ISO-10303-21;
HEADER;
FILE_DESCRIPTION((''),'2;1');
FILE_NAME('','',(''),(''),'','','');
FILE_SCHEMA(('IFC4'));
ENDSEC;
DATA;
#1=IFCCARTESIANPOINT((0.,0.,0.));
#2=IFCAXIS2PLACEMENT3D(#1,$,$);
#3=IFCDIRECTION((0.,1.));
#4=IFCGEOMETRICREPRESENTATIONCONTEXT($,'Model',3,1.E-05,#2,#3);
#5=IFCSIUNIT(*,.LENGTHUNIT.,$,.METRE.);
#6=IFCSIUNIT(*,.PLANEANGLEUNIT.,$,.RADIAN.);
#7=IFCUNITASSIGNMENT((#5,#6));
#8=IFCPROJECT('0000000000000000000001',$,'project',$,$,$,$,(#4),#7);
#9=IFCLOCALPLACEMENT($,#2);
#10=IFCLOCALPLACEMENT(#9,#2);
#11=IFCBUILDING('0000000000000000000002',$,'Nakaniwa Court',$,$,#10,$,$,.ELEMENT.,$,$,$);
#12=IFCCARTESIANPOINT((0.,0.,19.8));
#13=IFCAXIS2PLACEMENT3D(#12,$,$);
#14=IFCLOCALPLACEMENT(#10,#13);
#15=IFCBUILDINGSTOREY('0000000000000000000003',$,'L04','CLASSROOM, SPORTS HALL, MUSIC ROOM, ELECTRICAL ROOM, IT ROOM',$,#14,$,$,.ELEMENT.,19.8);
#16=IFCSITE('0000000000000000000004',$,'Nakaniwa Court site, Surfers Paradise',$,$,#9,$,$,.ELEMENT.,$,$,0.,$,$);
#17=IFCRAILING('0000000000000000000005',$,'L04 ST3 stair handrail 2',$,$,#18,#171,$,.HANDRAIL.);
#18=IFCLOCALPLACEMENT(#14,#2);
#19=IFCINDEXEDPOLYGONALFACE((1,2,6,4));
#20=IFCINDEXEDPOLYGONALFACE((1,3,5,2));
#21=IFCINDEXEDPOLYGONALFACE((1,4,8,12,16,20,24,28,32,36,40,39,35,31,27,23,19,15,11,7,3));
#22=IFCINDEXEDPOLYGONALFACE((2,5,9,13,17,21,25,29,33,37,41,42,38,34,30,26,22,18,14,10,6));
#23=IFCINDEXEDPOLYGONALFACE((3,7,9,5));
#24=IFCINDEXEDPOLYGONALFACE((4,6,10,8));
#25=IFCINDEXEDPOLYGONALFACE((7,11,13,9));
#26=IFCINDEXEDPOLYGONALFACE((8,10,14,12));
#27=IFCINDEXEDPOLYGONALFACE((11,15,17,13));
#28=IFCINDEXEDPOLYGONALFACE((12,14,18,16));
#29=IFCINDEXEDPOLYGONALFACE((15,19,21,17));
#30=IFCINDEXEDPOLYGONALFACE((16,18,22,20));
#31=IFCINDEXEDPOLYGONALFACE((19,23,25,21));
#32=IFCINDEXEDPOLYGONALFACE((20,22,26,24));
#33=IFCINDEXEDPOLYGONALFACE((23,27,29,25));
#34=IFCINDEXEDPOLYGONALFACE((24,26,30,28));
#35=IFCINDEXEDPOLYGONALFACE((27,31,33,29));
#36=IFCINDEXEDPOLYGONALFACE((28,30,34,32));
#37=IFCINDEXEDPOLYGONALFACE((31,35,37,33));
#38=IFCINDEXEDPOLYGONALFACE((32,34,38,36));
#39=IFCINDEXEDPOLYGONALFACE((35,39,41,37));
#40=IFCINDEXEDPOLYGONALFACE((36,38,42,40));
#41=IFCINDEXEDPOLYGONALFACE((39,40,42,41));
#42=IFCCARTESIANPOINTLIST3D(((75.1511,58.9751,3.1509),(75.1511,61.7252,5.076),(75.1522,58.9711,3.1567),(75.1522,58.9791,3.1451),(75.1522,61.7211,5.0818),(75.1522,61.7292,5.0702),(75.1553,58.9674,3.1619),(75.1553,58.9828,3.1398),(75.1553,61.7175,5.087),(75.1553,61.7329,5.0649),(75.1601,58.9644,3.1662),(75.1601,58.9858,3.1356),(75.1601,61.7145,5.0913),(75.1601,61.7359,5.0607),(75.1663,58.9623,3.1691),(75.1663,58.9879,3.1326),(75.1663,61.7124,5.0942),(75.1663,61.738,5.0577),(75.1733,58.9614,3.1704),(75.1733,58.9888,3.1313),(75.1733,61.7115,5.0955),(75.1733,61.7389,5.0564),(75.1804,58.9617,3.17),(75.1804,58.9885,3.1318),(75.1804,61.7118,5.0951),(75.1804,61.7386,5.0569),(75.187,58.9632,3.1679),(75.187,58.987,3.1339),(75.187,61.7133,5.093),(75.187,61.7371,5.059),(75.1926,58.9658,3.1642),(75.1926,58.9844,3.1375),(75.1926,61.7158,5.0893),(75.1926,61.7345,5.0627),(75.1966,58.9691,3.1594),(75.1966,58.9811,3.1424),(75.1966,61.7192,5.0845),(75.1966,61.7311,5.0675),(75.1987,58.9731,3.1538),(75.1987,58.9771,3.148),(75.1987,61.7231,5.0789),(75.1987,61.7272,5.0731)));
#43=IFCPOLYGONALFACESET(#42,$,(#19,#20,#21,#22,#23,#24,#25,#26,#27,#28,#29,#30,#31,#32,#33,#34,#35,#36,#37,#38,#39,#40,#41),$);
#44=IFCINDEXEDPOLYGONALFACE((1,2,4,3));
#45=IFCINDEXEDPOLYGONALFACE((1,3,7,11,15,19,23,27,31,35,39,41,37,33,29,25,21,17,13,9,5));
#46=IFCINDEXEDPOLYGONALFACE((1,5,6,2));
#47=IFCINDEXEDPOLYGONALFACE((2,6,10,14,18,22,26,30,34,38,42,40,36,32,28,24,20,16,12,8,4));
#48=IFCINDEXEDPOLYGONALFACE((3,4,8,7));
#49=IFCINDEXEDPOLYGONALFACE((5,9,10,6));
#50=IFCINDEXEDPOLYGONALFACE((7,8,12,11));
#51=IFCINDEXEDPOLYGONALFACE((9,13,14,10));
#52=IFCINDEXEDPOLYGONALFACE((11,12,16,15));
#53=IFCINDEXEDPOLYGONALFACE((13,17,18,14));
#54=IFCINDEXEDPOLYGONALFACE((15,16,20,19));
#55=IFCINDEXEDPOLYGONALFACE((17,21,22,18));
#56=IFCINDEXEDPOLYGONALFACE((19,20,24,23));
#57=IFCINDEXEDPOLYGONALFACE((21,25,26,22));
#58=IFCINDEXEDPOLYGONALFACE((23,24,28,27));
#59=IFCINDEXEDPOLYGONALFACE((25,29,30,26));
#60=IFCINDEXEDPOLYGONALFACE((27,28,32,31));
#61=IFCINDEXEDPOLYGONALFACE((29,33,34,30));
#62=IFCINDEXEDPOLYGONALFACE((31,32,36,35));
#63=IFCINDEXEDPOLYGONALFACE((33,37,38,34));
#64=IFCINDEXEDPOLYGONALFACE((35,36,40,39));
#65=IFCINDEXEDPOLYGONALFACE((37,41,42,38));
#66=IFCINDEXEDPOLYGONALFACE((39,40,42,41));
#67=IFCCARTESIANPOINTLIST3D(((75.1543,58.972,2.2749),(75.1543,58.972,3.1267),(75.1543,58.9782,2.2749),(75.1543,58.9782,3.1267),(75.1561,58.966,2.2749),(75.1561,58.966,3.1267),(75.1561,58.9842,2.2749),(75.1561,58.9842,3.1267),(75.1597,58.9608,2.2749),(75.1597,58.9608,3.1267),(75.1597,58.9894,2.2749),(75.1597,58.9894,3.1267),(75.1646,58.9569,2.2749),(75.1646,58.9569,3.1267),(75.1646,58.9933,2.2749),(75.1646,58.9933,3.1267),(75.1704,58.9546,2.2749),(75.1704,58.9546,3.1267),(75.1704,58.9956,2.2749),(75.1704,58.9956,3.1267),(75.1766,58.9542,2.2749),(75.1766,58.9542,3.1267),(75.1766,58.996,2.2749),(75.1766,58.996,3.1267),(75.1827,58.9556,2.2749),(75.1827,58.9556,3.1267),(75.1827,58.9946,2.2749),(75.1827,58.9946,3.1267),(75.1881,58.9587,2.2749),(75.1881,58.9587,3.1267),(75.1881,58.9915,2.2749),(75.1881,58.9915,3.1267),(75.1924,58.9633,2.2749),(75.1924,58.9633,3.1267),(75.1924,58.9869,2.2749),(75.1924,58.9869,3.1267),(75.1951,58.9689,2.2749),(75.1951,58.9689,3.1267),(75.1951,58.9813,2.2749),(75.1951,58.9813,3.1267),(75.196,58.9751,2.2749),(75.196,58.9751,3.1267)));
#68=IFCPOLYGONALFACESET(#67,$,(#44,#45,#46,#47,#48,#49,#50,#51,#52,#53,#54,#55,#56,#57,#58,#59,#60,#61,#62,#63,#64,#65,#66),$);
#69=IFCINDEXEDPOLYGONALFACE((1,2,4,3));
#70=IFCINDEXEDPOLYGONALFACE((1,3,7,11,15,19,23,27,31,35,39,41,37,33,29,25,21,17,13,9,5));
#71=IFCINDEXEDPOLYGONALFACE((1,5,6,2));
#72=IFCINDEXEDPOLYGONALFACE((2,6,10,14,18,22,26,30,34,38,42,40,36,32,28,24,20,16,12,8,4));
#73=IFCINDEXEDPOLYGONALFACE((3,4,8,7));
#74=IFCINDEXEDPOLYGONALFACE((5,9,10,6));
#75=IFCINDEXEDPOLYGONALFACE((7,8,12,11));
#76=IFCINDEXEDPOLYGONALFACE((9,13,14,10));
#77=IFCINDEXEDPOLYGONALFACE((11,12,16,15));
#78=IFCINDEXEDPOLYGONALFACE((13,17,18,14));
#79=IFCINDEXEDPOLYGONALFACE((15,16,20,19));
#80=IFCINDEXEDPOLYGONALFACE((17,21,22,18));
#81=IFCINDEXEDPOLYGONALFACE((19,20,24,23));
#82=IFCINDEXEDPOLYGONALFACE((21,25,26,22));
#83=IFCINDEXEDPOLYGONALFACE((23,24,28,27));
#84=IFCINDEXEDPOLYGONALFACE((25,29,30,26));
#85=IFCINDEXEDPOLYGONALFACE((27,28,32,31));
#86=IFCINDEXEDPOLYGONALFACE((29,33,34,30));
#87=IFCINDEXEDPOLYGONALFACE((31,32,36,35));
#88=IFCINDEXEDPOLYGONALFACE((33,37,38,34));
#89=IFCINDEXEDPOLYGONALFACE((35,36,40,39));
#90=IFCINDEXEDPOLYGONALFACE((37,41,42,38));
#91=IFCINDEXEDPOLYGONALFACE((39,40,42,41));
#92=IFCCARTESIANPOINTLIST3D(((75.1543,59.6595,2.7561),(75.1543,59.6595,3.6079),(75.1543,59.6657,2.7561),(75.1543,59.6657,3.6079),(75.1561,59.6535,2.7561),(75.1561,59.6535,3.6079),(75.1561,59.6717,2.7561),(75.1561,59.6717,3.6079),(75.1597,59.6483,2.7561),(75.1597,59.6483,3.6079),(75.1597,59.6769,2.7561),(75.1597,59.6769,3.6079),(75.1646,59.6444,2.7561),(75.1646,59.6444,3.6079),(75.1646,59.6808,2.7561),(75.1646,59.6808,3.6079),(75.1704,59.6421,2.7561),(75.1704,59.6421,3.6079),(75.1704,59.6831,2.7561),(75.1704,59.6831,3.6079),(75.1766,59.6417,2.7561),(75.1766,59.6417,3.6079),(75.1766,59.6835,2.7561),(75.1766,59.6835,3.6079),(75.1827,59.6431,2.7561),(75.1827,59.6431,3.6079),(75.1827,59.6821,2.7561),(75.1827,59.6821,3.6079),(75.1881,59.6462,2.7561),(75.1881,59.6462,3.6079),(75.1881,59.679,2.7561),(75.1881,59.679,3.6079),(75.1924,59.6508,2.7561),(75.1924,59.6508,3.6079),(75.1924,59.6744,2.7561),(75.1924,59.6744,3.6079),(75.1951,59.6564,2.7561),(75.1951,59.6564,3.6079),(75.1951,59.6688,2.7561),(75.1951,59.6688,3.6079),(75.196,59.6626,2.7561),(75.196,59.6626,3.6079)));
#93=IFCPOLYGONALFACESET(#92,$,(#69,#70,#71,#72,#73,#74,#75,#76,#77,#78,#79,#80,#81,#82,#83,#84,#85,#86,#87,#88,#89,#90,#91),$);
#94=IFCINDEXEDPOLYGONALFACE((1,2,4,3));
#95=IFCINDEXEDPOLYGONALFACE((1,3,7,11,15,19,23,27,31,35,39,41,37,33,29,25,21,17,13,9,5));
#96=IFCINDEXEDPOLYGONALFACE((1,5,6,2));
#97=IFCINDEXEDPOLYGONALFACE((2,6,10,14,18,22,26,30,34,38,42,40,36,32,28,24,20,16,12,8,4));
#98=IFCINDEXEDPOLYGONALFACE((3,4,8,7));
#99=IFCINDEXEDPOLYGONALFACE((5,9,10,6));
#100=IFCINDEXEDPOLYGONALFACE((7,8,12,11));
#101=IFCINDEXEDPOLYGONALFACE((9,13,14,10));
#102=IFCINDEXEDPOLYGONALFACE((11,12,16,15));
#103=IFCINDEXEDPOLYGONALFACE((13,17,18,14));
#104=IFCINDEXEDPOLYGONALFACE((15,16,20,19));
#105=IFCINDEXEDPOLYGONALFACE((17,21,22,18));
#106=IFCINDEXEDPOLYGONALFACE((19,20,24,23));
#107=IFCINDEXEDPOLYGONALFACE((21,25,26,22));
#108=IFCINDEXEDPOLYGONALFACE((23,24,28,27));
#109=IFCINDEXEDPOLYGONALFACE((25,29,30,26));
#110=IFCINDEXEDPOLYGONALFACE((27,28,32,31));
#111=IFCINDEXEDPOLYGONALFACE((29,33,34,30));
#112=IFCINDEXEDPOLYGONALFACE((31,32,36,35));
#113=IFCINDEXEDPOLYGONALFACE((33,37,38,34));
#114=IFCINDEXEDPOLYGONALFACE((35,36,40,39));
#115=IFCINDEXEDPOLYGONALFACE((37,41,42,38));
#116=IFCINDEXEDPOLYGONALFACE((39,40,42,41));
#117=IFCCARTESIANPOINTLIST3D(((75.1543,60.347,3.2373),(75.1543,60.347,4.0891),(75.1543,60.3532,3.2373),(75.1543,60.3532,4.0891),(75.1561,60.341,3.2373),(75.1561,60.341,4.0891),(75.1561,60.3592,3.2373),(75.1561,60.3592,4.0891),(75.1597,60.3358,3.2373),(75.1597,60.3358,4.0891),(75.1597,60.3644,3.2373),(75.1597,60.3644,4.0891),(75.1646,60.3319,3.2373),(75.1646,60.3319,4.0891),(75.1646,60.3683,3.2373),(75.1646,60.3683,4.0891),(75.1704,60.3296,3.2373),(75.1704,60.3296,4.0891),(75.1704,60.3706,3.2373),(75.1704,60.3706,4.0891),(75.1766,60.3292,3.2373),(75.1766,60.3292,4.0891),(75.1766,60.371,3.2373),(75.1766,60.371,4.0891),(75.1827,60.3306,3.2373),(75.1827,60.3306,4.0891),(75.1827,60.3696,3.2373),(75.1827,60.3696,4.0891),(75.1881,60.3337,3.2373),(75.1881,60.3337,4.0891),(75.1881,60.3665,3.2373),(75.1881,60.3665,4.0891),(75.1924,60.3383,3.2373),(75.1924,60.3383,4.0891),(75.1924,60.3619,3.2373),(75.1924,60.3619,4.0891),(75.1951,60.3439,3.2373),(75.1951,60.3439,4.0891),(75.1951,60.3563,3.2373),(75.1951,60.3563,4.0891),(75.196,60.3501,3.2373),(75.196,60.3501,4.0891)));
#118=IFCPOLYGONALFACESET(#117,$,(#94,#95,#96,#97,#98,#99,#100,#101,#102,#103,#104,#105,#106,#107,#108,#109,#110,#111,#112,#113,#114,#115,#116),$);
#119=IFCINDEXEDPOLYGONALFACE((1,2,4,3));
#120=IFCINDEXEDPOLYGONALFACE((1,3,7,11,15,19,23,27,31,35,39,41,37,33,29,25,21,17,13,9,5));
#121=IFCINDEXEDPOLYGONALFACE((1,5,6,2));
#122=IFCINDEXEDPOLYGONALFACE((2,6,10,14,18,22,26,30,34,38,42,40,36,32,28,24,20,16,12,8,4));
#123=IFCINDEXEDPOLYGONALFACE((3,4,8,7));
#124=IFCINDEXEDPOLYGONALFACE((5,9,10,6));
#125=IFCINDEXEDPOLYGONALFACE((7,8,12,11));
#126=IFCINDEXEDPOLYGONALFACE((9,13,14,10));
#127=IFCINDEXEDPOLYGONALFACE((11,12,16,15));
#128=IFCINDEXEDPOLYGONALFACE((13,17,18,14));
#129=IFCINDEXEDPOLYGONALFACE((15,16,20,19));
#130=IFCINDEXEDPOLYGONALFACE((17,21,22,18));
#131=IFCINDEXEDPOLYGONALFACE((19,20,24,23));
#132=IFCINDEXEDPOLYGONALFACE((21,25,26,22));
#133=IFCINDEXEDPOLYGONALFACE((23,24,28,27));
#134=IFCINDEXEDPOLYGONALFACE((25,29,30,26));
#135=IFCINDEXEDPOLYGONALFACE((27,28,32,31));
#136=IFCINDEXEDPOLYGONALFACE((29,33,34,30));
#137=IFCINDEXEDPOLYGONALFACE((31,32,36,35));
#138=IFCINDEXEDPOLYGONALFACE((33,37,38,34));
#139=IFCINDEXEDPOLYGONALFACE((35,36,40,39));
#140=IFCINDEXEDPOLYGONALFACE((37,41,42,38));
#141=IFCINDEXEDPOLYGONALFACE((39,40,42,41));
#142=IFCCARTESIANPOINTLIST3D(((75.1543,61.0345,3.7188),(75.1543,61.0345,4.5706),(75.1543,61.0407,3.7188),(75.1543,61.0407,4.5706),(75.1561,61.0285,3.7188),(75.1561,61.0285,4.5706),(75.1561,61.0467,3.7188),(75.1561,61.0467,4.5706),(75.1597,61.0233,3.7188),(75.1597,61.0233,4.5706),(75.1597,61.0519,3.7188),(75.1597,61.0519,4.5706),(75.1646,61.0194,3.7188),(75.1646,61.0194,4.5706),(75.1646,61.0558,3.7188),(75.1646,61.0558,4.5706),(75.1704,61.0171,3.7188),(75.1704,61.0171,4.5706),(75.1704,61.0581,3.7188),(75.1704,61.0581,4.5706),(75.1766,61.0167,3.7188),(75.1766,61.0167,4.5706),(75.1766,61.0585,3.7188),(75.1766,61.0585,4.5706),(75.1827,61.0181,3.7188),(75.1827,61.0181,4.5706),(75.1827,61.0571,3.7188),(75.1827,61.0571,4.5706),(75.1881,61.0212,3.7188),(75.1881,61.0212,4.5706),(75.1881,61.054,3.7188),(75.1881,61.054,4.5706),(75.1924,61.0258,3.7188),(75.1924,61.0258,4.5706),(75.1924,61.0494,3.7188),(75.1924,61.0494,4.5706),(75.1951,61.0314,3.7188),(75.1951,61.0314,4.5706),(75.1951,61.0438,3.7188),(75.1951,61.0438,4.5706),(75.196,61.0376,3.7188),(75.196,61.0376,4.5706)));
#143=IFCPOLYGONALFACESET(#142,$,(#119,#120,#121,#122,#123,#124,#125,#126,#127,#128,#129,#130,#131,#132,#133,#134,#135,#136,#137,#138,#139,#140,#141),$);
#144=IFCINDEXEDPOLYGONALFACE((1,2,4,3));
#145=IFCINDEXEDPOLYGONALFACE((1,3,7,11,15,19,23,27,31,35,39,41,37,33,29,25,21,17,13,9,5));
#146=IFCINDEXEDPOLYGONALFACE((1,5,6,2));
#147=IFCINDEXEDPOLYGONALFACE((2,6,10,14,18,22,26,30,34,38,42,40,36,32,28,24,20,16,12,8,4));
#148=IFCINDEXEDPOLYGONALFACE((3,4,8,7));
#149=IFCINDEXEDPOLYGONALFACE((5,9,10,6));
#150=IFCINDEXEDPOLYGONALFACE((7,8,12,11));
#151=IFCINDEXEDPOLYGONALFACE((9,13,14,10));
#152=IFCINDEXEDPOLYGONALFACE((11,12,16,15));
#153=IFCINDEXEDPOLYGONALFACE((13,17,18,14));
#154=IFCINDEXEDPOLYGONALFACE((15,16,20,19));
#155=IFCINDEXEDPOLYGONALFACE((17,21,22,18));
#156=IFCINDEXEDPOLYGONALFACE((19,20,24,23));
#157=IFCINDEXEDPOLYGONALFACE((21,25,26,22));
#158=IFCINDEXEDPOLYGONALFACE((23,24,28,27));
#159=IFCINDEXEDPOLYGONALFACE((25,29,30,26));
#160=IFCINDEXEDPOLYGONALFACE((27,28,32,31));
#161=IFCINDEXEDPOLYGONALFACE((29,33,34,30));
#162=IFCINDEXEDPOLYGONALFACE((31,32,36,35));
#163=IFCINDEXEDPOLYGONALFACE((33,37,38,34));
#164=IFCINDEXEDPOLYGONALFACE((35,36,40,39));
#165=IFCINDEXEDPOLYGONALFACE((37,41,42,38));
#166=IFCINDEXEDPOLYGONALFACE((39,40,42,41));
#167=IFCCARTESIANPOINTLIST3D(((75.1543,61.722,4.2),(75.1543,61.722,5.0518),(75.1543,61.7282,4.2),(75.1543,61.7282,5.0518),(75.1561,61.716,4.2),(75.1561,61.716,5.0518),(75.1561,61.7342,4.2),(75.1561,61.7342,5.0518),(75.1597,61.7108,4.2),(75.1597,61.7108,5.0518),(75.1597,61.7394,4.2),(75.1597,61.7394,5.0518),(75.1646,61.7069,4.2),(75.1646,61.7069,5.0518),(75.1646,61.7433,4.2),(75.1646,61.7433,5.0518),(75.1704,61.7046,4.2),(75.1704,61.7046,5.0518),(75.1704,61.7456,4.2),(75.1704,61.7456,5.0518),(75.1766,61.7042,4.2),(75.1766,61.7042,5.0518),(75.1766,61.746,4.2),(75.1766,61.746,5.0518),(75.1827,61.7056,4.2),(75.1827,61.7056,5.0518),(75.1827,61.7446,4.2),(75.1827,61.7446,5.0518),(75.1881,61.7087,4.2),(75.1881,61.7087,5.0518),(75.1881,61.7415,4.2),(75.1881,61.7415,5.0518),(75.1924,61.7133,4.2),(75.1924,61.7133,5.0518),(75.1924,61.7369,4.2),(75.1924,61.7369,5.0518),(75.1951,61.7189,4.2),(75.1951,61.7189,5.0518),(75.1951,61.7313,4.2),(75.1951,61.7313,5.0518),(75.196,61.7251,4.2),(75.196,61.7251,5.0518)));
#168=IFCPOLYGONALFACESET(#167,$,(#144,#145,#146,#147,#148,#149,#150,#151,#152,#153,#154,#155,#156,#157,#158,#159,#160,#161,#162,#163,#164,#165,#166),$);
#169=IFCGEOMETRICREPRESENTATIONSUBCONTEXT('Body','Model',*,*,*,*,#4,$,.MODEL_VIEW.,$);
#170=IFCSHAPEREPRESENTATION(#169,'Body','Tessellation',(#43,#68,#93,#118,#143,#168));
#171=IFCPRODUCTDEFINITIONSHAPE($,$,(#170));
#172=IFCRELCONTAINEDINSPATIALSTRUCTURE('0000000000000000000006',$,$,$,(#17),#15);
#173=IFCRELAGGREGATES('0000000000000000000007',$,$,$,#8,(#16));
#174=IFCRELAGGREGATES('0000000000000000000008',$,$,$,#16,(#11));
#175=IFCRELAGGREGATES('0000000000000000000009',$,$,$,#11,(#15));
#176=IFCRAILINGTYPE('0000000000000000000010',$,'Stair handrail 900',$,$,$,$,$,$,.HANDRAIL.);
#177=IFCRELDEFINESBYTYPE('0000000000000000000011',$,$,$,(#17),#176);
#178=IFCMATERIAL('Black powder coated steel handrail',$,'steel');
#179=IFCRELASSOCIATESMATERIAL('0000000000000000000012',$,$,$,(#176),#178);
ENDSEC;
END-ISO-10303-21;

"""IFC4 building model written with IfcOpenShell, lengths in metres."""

from ifc_helpers import new_model, si_unit, direction, frame, origin, origin_2d, place, context, subcontext, project, spatial, circle, extrude, material, type_object, element, save


model = new_model("IFC4")

# Units and contexts
model_context = context("Model", 3, precision=1e-05, world=origin(), true_north=direction((0.0, 1.0)))
body_context = subcontext(model_context, "Body", "Model", "MODEL_VIEW")
ifc_project = project(units=[si_unit("LENGTHUNIT", "METRE"), si_unit("PLANEANGLEUNIT", "RADIAN")], contexts=[model_context])

# Site, building, storey
site_placement = place(None, origin())
site = spatial("IfcSite", under=ifc_project, at=site_placement, Name="Nakaniwa Court site, Surfers Paradise", CompositionType="ELEMENT", RefElevation=0.0)
building_placement = place(site_placement, origin())
building = spatial("IfcBuilding", under=site, at=building_placement, Name="Nakaniwa Court", CompositionType="ELEMENT")
storey_placement = place(building_placement, frame((0.0, 0.0, 19.8)))
storey = spatial("IfcBuildingStorey", under=building, at=storey_placement, Name="L04", Description="CLASSROOM, SPORTS HALL, MUSIC ROOM, ELECTRICAL ROOM, IT ROOM", CompositionType="ELEMENT", Elevation=19.8)

# Railing
ifc_material_1 = material(Name="Black powder coated steel handrail", Category="steel")
railing_type_1 = type_object("IfcRailingType", Name="Stair handrail 900", PredefinedType="HANDRAIL", material=ifc_material_1)
for number, where, name in (
    (1, (75.175, 58.9751, 2.2749), "L04 ST3 stair handrail 2"),
):
    element("IfcRailing", number, at=place(storey_placement, frame(where)), inside=storey, type_object=railing_type_1, Name=name, PredefinedType="HANDRAIL", context=body_context, shape_type="SweptSolid", body=[
        extrude(circle(Radius=0.0239, at=origin_2d()), frame((0.0, 0.0, 0.876), z_axis=(0.0, 0.819225, 0.573472), x_axis=(-1.0, 0.0, 0.0)), (0.0, 0.0, 1.0), 3.3569),
        extrude(circle(Radius=0.021, at=origin_2d()), origin(), (0.0, 0.0, 1.0), 0.8518),
        extrude(circle(Radius=0.021, at=origin_2d()), frame((0.0, 0.6875, 0.4812)), (0.0, 0.0, 1.0), 0.8518),
        extrude(circle(Radius=0.021, at=origin_2d()), frame((0.0, 1.375, 0.9624)), (0.0, 0.0, 1.0), 0.8518),
        extrude(circle(Radius=0.021, at=origin_2d()), frame((0.0, 2.0625, 1.4438)), (0.0, 0.0, 1.0), 0.8518),
        extrude(circle(Radius=0.021, at=origin_2d()), frame((0.0, 2.75, 1.925)), (0.0, 0.0, 1.0), 0.8518),
    ])

save(model, "model.ifc")
